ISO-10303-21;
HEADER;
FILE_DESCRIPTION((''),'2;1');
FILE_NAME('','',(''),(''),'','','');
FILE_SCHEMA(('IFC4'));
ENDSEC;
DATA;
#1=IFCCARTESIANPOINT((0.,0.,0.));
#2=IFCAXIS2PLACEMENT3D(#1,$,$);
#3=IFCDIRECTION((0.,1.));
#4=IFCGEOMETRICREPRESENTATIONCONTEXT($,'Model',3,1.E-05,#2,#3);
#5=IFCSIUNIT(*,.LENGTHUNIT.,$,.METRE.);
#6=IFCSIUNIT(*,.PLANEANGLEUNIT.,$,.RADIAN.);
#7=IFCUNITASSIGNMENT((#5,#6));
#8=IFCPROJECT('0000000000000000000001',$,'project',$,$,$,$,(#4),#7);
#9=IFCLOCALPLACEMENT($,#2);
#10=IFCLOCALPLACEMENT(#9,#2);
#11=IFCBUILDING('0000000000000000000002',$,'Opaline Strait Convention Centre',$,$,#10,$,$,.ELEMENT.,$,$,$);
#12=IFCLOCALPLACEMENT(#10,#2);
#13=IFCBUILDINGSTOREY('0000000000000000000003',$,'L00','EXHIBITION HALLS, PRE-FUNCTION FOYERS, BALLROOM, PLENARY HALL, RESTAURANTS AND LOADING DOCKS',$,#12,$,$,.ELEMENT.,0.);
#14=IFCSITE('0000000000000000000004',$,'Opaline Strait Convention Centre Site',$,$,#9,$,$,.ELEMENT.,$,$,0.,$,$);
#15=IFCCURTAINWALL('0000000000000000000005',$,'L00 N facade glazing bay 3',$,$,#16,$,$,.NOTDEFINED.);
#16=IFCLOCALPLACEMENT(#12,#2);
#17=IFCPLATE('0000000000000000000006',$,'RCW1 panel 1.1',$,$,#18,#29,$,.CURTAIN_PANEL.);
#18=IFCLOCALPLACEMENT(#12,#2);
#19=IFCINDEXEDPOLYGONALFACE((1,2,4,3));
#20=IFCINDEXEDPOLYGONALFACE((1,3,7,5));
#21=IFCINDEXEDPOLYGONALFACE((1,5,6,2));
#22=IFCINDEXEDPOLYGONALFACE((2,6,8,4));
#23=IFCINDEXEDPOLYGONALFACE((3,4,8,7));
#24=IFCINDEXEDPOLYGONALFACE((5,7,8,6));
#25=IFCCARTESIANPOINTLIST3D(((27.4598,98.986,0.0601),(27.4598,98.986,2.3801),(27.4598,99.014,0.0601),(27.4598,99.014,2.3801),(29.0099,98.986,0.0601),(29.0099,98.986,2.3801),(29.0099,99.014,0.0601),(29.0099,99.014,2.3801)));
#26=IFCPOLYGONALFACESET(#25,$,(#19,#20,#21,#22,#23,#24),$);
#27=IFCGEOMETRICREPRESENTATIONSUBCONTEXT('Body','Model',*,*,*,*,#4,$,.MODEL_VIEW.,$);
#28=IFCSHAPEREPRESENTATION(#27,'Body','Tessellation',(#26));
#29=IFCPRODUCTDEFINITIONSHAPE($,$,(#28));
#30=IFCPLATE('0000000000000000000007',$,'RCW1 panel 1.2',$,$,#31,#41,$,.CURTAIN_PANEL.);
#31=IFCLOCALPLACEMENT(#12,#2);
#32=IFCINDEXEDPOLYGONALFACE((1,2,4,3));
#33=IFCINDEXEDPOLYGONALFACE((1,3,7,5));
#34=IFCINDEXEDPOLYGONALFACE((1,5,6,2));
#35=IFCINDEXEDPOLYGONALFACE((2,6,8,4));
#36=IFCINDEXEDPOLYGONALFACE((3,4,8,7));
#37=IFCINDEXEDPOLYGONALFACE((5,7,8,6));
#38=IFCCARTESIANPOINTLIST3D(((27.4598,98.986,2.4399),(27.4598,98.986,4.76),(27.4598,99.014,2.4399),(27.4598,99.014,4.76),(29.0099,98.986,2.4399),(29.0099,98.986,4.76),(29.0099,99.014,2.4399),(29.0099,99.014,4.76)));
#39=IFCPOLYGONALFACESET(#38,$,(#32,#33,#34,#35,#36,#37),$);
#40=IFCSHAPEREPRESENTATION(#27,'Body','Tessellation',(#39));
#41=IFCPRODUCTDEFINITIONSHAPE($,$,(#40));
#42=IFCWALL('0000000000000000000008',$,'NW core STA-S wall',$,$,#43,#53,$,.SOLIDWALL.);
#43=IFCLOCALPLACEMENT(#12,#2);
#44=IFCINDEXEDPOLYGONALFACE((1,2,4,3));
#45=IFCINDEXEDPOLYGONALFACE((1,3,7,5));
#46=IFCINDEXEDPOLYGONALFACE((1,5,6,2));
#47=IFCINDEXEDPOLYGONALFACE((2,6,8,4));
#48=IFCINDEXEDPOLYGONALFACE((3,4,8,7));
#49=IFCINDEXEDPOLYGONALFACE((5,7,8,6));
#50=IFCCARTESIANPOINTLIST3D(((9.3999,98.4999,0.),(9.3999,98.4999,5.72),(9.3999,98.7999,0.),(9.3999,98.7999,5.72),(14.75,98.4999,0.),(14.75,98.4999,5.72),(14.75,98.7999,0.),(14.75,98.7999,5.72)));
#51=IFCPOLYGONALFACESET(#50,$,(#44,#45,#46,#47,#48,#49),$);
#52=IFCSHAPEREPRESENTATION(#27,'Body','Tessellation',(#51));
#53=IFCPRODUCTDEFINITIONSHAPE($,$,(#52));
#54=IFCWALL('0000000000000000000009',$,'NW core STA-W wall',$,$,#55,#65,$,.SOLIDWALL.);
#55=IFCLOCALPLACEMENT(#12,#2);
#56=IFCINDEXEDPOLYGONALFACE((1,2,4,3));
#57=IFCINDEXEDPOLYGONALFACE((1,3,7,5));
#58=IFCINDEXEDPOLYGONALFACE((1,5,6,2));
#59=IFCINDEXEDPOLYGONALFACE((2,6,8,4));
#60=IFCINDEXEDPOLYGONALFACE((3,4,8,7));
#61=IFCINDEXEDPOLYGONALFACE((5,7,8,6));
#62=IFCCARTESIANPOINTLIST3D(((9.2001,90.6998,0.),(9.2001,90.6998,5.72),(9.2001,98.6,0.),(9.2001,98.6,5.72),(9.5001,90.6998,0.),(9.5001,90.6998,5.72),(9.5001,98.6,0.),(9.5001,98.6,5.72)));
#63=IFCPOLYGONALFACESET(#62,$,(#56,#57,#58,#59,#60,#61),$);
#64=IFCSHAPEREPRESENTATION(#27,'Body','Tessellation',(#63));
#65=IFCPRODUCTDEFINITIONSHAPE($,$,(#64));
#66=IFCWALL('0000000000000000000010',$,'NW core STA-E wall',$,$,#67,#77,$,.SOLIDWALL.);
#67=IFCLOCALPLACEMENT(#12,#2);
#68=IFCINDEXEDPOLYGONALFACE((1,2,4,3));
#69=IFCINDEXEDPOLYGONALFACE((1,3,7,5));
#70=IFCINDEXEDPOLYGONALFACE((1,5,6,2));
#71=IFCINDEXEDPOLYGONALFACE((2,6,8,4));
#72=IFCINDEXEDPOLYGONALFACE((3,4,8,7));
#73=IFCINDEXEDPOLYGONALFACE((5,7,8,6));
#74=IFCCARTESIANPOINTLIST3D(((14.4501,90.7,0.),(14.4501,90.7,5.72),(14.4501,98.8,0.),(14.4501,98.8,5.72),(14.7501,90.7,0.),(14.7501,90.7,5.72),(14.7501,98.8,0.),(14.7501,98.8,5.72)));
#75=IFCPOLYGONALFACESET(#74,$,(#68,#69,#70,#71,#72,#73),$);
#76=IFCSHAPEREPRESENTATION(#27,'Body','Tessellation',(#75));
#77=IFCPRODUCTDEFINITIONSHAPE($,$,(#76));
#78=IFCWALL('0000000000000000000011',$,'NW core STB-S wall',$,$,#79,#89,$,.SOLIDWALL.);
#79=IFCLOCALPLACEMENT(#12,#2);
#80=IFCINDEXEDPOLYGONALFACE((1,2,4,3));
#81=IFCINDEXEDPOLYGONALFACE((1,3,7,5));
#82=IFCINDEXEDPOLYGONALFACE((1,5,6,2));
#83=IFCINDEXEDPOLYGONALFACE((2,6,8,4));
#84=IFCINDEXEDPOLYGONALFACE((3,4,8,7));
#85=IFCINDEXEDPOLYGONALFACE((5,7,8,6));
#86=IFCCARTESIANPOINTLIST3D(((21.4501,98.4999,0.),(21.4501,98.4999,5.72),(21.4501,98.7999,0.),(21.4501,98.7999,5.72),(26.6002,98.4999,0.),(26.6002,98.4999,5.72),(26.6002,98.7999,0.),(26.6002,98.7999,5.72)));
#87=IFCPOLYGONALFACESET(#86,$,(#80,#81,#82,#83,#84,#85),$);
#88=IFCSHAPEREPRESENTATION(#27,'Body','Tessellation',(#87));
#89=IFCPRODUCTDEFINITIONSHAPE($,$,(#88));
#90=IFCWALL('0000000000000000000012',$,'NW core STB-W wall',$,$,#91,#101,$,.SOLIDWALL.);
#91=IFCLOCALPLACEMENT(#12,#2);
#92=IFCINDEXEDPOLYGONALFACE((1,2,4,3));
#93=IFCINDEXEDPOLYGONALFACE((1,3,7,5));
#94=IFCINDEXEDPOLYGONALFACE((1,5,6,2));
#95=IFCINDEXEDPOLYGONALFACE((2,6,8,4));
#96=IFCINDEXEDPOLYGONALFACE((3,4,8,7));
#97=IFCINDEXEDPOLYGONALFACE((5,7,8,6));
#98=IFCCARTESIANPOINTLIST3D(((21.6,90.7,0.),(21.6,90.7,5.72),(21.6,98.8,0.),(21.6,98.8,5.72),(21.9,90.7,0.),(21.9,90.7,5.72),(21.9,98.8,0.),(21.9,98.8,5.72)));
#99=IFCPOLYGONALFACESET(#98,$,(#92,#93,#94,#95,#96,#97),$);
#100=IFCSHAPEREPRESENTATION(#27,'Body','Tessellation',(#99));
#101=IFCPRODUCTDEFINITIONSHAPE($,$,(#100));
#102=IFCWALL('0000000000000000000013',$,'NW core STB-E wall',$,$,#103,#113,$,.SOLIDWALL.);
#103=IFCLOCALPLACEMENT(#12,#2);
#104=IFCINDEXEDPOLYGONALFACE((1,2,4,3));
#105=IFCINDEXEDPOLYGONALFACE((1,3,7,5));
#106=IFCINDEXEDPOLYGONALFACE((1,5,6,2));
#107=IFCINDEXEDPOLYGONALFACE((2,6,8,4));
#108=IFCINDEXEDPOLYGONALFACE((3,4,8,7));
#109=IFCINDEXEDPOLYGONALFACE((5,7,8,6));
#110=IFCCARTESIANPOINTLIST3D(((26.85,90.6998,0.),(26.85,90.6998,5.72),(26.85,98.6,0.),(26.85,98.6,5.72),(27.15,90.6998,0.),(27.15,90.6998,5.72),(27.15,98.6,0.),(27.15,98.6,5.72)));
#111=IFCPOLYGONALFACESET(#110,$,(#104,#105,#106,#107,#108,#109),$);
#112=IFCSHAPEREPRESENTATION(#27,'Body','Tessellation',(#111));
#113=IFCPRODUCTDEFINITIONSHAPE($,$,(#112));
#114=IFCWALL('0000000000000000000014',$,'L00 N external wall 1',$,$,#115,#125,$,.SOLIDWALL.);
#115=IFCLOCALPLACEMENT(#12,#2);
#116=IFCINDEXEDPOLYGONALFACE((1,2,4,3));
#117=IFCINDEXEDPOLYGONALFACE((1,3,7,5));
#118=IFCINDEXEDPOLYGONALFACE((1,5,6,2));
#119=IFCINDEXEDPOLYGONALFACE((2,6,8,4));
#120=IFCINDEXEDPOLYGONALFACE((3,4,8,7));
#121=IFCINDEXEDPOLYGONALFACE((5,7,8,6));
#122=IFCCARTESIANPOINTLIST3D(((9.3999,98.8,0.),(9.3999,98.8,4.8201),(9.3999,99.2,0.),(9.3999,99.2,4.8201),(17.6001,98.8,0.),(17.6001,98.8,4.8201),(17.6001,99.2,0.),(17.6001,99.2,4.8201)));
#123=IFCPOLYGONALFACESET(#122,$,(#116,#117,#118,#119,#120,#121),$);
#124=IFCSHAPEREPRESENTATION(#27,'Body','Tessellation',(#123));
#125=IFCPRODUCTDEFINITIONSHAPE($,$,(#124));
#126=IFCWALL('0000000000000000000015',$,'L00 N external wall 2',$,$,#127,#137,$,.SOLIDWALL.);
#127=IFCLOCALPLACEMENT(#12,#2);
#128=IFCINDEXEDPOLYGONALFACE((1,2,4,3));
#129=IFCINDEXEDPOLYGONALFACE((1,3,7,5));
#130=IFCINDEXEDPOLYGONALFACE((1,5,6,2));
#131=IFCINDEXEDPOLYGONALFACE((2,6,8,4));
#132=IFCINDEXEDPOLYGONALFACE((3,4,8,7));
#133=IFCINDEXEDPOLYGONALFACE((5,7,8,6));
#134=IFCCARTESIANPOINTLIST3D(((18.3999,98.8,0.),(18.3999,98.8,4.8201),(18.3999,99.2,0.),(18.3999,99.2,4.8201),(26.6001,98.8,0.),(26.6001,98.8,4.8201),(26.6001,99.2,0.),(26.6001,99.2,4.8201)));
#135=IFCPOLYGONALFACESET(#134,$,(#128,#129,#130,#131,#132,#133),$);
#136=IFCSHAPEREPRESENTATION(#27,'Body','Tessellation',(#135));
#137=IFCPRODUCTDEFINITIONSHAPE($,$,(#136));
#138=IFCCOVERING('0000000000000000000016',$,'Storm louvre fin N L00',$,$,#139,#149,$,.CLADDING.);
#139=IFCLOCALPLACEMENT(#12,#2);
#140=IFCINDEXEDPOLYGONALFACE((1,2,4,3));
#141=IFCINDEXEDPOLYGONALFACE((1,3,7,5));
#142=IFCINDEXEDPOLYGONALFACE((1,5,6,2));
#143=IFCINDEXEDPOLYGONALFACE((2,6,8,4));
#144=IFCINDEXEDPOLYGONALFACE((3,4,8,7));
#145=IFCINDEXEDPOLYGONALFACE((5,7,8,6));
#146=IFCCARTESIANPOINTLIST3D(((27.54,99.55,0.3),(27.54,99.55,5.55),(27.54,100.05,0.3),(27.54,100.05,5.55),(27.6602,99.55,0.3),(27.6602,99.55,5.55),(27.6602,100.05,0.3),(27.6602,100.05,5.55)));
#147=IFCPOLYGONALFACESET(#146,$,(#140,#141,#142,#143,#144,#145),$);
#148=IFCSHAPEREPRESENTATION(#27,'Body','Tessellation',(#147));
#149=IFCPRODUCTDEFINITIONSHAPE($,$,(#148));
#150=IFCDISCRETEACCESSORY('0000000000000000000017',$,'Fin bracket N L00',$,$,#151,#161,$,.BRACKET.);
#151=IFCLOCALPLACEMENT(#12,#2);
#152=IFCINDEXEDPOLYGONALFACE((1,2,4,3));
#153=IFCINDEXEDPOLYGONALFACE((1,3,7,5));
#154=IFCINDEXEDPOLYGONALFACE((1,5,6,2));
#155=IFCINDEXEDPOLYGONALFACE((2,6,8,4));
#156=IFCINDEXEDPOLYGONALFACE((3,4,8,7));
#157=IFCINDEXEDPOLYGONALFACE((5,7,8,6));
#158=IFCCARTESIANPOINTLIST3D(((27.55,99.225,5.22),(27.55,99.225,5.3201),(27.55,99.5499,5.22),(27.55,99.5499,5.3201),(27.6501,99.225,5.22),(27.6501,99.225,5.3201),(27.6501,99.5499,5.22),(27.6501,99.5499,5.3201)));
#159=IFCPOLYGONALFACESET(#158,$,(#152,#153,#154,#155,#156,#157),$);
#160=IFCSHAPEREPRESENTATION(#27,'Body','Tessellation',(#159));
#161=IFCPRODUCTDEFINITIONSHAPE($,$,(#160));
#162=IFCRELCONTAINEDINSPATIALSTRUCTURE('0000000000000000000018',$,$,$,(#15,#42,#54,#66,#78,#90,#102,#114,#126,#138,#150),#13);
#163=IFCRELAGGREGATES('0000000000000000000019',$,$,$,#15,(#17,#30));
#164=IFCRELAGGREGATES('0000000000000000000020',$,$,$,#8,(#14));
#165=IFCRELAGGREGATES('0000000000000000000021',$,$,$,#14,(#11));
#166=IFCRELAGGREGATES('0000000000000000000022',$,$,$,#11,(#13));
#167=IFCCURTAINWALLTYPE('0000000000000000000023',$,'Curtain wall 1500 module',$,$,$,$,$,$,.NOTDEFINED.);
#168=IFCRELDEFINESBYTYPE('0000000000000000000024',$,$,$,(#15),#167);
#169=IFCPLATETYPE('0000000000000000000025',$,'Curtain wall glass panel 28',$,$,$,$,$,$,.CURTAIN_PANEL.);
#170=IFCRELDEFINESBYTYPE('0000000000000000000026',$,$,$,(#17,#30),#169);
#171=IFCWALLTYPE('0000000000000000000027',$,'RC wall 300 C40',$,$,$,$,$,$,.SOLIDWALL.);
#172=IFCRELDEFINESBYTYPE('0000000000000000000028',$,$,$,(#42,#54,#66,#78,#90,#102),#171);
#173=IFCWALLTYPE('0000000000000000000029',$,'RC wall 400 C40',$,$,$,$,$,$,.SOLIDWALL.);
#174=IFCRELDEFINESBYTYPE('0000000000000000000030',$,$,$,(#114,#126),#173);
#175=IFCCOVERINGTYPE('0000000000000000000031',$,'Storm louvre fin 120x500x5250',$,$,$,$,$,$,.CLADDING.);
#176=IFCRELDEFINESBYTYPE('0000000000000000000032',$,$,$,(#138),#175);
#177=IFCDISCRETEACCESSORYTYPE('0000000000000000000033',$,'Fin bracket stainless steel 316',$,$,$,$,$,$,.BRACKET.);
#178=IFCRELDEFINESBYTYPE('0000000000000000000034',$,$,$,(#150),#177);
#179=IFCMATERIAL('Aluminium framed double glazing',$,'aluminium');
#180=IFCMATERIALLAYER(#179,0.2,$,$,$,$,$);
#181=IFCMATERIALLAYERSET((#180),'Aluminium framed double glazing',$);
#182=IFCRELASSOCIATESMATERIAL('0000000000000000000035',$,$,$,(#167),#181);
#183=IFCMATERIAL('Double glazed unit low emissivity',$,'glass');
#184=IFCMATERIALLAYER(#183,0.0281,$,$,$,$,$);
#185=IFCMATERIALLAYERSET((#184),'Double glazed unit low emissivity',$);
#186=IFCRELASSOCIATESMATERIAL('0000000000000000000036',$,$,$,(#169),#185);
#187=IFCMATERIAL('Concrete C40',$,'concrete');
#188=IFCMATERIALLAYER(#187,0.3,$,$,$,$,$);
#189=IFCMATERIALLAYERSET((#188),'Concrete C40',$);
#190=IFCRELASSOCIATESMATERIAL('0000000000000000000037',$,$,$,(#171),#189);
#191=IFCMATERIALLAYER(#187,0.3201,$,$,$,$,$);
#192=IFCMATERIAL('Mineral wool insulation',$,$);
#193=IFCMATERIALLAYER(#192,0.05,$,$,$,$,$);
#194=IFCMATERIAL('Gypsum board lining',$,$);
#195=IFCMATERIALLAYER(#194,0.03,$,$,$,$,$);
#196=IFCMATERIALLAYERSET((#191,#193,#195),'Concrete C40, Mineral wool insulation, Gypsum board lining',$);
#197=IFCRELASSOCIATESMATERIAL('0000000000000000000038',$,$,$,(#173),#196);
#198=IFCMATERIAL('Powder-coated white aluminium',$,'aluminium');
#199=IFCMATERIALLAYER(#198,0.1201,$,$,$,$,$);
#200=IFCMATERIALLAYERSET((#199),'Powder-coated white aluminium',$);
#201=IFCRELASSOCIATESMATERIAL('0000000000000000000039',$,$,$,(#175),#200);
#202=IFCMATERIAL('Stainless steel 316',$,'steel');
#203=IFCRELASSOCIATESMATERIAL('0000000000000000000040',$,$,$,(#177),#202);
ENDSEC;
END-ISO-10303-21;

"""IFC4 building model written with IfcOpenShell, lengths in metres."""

from ifc_helpers import new_model, si_unit, direction, frame, frame_2d, origin, origin_2d, place, context, subcontext, project, spatial, rectangle, extrude, material, layer, layer_set, type_object, element, aggregate, save


model = new_model("IFC4")

# Units and contexts
model_context = context("Model", 3, precision=1e-05, world=origin(), true_north=direction((0.0, 1.0)))
body_context = subcontext(model_context, "Body", "Model", "MODEL_VIEW")
ifc_project = project(units=[si_unit("LENGTHUNIT", "METRE"), si_unit("PLANEANGLEUNIT", "RADIAN")], contexts=[model_context])

# Site, building, storey
site_placement = place(None, origin())
site = spatial("IfcSite", under=ifc_project, at=site_placement, Name="Opaline Strait Convention Centre Site", CompositionType="ELEMENT", RefElevation=0.0)
building_placement = place(site_placement, origin())
building = spatial("IfcBuilding", under=site, at=building_placement, Name="Opaline Strait Convention Centre", CompositionType="ELEMENT")
storey_placement = place(building_placement, origin())
storey = spatial("IfcBuildingStorey", under=building, at=storey_placement, Name="L00", Description="EXHIBITION HALLS, PRE-FUNCTION FOYERS, BALLROOM, PLENARY HALL, RESTAURANTS AND LOADING DOCKS", CompositionType="ELEMENT", Elevation=0.0)

# Shared definitions
ifc_material_1 = material(Name="Concrete C40", Category="concrete")

# Curtain wall, plates
ifc_material_2 = material(Name="Aluminium framed double glazing", Category="aluminium")
ifc_layer_1 = layer(ifc_material_2, 0.2)
ifc_layer_set_1 = layer_set([ifc_layer_1], Name="Aluminium framed double glazing")
curtain_wall_type = type_object("IfcCurtainWallType", Name="Curtain wall 1500 module", PredefinedType="NOTDEFINED", material=ifc_layer_set_1)
curtain_wall_placement = place(storey_placement, origin())
curtain_wall = element("IfcCurtainWall", 1, at=curtain_wall_placement, inside=storey, type_object=curtain_wall_type, Name="L00 N facade glazing bay 3", PredefinedType="NOTDEFINED")
ifc_material_3 = material(Name="Double glazed unit low emissivity", Category="glass")
ifc_layer_2 = layer(ifc_material_3, 0.0281)
ifc_layer_set_2 = layer_set([ifc_layer_2], Name="Double glazed unit low emissivity")
plate_type = type_object("IfcPlateType", Name="Curtain wall glass panel 28", PredefinedType="CURTAIN_PANEL", material=ifc_layer_set_2)
plate_1_placement = place(storey_placement, frame((28.2349, 99.0, 0.0601), z_axis=(0.0, 0.0, 1.0), x_axis=(1.0, 0.0, 0.0)))
plate_1 = element("IfcPlate", 2, at=plate_1_placement, type_object=plate_type, Name="RCW1 panel 1.1", PredefinedType="CURTAIN_PANEL", context=body_context, shape_type="SweptSolid", body=[
    extrude(rectangle(XDim=1.55, YDim=0.0281, at=origin_2d()), origin(), (0.0, 0.0, 1.0), 2.3201),
])
plate_2_placement = place(storey_placement, frame((28.2349, 99.0, 2.4399), z_axis=(0.0, 0.0, 1.0), x_axis=(1.0, 0.0, 0.0)))
plate_2 = element("IfcPlate", 3, at=plate_2_placement, type_object=plate_type, Name="RCW1 panel 1.2", PredefinedType="CURTAIN_PANEL", context=body_context, shape_type="SweptSolid", body=[
    extrude(rectangle(XDim=1.55, YDim=0.0281, at=origin_2d()), origin(), (0.0, 0.0, 1.0), 2.3201),
])
aggregate(curtain_wall, [plate_1, plate_2])

# Walls
ifc_layer_3 = layer(ifc_material_1, 0.3)
ifc_layer_set_3 = layer_set([ifc_layer_3], Name="Concrete C40")
wall_type_1 = type_object("IfcWallType", Name="RC wall 300 C40", PredefinedType="SOLIDWALL", material=ifc_layer_set_3)
wall_1_placement = place(storey_placement, frame((9.3999, 98.6499, 0.0), z_axis=(0.0, 0.0, 1.0), x_axis=(1.0, 0.0, 0.0)))
element("IfcWall", 4, at=wall_1_placement, inside=storey, type_object=wall_type_1, Name="NW core STA-S wall", PredefinedType="SOLIDWALL", context=body_context, shape_type="SweptSolid", body=[
    extrude(rectangle(XDim=5.3501, YDim=0.3, at=frame_2d((2.675, 0.0))), origin(), (0.0, 0.0, 1.0), 5.72),
])
wall_2_placement = place(storey_placement, frame((9.3501, 98.6001, 0.0), z_axis=(0.0, 0.0, 1.0), x_axis=(0.0, -1.0, 0.0)))
element("IfcWall", 5, at=wall_2_placement, inside=storey, type_object=wall_type_1, Name="NW core STA-W wall", PredefinedType="SOLIDWALL", context=body_context, shape_type="SweptSolid", body=[
    extrude(rectangle(XDim=7.9001, YDim=0.3, at=frame_2d((3.9502, 0.0))), origin(), (0.0, 0.0, 1.0), 5.72),
])
wall_3_placement = place(storey_placement, frame((14.6001, 98.8, 0.0), z_axis=(0.0, 0.0, 1.0), x_axis=(0.0, -1.0, 0.0)))
element("IfcWall", 6, at=wall_3_placement, inside=storey, type_object=wall_type_1, Name="NW core STA-E wall", PredefinedType="SOLIDWALL", context=body_context, shape_type="SweptSolid", body=[
    extrude(rectangle(XDim=8.1001, YDim=0.3, at=frame_2d((4.05, 0.0))), origin(), (0.0, 0.0, 1.0), 5.72),
])
wall_4_placement = place(storey_placement, frame((21.45, 98.6499, 0.0), z_axis=(0.0, 0.0, 1.0), x_axis=(1.0, 0.0, 0.0)))
element("IfcWall", 7, at=wall_4_placement, inside=storey, type_object=wall_type_1, Name="NW core STB-S wall", PredefinedType="SOLIDWALL", context=body_context, shape_type="SweptSolid", body=[
    extrude(rectangle(XDim=5.1501, YDim=0.3, at=frame_2d((2.5752, 0.0))), origin(), (0.0, 0.0, 1.0), 5.72),
])
wall_5_placement = place(storey_placement, frame((21.75, 98.8, 0.0), z_axis=(0.0, 0.0, 1.0), x_axis=(0.0, -1.0, 0.0)))
element("IfcWall", 8, at=wall_5_placement, inside=storey, type_object=wall_type_1, Name="NW core STB-W wall", PredefinedType="SOLIDWALL", context=body_context, shape_type="SweptSolid", body=[
    extrude(rectangle(XDim=8.1001, YDim=0.3, at=frame_2d((4.05, 0.0))), origin(), (0.0, 0.0, 1.0), 5.72),
])
wall_6_placement = place(storey_placement, frame((27.0, 98.6001, 0.0), z_axis=(0.0, 0.0, 1.0), x_axis=(0.0, -1.0, 0.0)))
element("IfcWall", 9, at=wall_6_placement, inside=storey, type_object=wall_type_1, Name="NW core STB-E wall", PredefinedType="SOLIDWALL", context=body_context, shape_type="SweptSolid", body=[
    extrude(rectangle(XDim=7.9001, YDim=0.3, at=frame_2d((3.9502, 0.0))), origin(), (0.0, 0.0, 1.0), 5.72),
])
ifc_layer_4 = layer(ifc_material_1, 0.3201)
ifc_material_4 = material(Name="Mineral wool insulation")
ifc_layer_5 = layer(ifc_material_4, 0.05)
ifc_material_5 = material(Name="Gypsum board lining")
ifc_layer_6 = layer(ifc_material_5, 0.03)
ifc_layer_set_4 = layer_set([ifc_layer_4, ifc_layer_5, ifc_layer_6], Name="Concrete C40, Mineral wool insulation, Gypsum board lining")
wall_type_2 = type_object("IfcWallType", Name="RC wall 400 C40", PredefinedType="SOLIDWALL", material=ifc_layer_set_4)
for number, where, z_axis, x_axis, name in (
    (10, (9.3999, 99.0, 0.0), (0.0, 0.0, 1.0), (1.0, 0.0, 0.0), "L00 N external wall 1"),
    (11, (18.3999, 99.0, 0.0), (0.0, 0.0, 1.0), (1.0, 0.0, 0.0), "L00 N external wall 2"),
):
    element("IfcWall", number, at=place(storey_placement, frame(where, z_axis=z_axis, x_axis=x_axis)), inside=storey, type_object=wall_type_2, Name=name, PredefinedType="SOLIDWALL", context=body_context, shape_type="SweptSolid", body=[
        extrude(rectangle(XDim=8.2002, YDim=0.3999, at=frame_2d((4.1001, 0.0))), origin(), (0.0, 0.0, 1.0), 4.8201),
    ])

# Covering
ifc_material_6 = material(Name="Powder-coated white aluminium", Category="aluminium")
ifc_layer_7 = layer(ifc_material_6, 0.1201)
ifc_layer_set_5 = layer_set([ifc_layer_7], Name="Powder-coated white aluminium")
covering_type = type_object("IfcCoveringType", Name="Storm louvre fin 120x500x5250", PredefinedType="CLADDING", material=ifc_layer_set_5)
covering_placement = place(storey_placement, frame((27.6001, 99.8, 0.3), z_axis=(0.0, 0.0, 1.0), x_axis=(1.0, 0.0, 0.0)))
element("IfcCovering", 12, at=covering_placement, inside=storey, type_object=covering_type, Name="Storm louvre fin N L00", PredefinedType="CLADDING", context=body_context, shape_type="SweptSolid", body=[
    extrude(rectangle(XDim=0.1201, YDim=0.5, at=origin_2d()), origin(), (0.0, 0.0, 1.0), 5.25),
])

# Discrete accessory
ifc_material_7 = material(Name="Stainless steel 316", Category="steel")
discrete_accessory_type = type_object("IfcDiscreteAccessoryType", Name="Fin bracket stainless steel 316", PredefinedType="BRACKET", material=ifc_material_7)
discrete_accessory_placement = place(storey_placement, frame((27.6001, 99.3875, 5.22), z_axis=(0.0, 0.0, 1.0), x_axis=(1.0, 0.0, 0.0)))
element("IfcDiscreteAccessory", 13, at=discrete_accessory_placement, inside=storey, type_object=discrete_accessory_type, Name="Fin bracket N L00", PredefinedType="BRACKET", context=body_context, shape_type="SweptSolid", body=[
    extrude(rectangle(XDim=0.1001, YDim=0.325, at=origin_2d()), origin(), (0.0, 0.0, 1.0), 0.1001),
])

save(model, "model.ifc")
